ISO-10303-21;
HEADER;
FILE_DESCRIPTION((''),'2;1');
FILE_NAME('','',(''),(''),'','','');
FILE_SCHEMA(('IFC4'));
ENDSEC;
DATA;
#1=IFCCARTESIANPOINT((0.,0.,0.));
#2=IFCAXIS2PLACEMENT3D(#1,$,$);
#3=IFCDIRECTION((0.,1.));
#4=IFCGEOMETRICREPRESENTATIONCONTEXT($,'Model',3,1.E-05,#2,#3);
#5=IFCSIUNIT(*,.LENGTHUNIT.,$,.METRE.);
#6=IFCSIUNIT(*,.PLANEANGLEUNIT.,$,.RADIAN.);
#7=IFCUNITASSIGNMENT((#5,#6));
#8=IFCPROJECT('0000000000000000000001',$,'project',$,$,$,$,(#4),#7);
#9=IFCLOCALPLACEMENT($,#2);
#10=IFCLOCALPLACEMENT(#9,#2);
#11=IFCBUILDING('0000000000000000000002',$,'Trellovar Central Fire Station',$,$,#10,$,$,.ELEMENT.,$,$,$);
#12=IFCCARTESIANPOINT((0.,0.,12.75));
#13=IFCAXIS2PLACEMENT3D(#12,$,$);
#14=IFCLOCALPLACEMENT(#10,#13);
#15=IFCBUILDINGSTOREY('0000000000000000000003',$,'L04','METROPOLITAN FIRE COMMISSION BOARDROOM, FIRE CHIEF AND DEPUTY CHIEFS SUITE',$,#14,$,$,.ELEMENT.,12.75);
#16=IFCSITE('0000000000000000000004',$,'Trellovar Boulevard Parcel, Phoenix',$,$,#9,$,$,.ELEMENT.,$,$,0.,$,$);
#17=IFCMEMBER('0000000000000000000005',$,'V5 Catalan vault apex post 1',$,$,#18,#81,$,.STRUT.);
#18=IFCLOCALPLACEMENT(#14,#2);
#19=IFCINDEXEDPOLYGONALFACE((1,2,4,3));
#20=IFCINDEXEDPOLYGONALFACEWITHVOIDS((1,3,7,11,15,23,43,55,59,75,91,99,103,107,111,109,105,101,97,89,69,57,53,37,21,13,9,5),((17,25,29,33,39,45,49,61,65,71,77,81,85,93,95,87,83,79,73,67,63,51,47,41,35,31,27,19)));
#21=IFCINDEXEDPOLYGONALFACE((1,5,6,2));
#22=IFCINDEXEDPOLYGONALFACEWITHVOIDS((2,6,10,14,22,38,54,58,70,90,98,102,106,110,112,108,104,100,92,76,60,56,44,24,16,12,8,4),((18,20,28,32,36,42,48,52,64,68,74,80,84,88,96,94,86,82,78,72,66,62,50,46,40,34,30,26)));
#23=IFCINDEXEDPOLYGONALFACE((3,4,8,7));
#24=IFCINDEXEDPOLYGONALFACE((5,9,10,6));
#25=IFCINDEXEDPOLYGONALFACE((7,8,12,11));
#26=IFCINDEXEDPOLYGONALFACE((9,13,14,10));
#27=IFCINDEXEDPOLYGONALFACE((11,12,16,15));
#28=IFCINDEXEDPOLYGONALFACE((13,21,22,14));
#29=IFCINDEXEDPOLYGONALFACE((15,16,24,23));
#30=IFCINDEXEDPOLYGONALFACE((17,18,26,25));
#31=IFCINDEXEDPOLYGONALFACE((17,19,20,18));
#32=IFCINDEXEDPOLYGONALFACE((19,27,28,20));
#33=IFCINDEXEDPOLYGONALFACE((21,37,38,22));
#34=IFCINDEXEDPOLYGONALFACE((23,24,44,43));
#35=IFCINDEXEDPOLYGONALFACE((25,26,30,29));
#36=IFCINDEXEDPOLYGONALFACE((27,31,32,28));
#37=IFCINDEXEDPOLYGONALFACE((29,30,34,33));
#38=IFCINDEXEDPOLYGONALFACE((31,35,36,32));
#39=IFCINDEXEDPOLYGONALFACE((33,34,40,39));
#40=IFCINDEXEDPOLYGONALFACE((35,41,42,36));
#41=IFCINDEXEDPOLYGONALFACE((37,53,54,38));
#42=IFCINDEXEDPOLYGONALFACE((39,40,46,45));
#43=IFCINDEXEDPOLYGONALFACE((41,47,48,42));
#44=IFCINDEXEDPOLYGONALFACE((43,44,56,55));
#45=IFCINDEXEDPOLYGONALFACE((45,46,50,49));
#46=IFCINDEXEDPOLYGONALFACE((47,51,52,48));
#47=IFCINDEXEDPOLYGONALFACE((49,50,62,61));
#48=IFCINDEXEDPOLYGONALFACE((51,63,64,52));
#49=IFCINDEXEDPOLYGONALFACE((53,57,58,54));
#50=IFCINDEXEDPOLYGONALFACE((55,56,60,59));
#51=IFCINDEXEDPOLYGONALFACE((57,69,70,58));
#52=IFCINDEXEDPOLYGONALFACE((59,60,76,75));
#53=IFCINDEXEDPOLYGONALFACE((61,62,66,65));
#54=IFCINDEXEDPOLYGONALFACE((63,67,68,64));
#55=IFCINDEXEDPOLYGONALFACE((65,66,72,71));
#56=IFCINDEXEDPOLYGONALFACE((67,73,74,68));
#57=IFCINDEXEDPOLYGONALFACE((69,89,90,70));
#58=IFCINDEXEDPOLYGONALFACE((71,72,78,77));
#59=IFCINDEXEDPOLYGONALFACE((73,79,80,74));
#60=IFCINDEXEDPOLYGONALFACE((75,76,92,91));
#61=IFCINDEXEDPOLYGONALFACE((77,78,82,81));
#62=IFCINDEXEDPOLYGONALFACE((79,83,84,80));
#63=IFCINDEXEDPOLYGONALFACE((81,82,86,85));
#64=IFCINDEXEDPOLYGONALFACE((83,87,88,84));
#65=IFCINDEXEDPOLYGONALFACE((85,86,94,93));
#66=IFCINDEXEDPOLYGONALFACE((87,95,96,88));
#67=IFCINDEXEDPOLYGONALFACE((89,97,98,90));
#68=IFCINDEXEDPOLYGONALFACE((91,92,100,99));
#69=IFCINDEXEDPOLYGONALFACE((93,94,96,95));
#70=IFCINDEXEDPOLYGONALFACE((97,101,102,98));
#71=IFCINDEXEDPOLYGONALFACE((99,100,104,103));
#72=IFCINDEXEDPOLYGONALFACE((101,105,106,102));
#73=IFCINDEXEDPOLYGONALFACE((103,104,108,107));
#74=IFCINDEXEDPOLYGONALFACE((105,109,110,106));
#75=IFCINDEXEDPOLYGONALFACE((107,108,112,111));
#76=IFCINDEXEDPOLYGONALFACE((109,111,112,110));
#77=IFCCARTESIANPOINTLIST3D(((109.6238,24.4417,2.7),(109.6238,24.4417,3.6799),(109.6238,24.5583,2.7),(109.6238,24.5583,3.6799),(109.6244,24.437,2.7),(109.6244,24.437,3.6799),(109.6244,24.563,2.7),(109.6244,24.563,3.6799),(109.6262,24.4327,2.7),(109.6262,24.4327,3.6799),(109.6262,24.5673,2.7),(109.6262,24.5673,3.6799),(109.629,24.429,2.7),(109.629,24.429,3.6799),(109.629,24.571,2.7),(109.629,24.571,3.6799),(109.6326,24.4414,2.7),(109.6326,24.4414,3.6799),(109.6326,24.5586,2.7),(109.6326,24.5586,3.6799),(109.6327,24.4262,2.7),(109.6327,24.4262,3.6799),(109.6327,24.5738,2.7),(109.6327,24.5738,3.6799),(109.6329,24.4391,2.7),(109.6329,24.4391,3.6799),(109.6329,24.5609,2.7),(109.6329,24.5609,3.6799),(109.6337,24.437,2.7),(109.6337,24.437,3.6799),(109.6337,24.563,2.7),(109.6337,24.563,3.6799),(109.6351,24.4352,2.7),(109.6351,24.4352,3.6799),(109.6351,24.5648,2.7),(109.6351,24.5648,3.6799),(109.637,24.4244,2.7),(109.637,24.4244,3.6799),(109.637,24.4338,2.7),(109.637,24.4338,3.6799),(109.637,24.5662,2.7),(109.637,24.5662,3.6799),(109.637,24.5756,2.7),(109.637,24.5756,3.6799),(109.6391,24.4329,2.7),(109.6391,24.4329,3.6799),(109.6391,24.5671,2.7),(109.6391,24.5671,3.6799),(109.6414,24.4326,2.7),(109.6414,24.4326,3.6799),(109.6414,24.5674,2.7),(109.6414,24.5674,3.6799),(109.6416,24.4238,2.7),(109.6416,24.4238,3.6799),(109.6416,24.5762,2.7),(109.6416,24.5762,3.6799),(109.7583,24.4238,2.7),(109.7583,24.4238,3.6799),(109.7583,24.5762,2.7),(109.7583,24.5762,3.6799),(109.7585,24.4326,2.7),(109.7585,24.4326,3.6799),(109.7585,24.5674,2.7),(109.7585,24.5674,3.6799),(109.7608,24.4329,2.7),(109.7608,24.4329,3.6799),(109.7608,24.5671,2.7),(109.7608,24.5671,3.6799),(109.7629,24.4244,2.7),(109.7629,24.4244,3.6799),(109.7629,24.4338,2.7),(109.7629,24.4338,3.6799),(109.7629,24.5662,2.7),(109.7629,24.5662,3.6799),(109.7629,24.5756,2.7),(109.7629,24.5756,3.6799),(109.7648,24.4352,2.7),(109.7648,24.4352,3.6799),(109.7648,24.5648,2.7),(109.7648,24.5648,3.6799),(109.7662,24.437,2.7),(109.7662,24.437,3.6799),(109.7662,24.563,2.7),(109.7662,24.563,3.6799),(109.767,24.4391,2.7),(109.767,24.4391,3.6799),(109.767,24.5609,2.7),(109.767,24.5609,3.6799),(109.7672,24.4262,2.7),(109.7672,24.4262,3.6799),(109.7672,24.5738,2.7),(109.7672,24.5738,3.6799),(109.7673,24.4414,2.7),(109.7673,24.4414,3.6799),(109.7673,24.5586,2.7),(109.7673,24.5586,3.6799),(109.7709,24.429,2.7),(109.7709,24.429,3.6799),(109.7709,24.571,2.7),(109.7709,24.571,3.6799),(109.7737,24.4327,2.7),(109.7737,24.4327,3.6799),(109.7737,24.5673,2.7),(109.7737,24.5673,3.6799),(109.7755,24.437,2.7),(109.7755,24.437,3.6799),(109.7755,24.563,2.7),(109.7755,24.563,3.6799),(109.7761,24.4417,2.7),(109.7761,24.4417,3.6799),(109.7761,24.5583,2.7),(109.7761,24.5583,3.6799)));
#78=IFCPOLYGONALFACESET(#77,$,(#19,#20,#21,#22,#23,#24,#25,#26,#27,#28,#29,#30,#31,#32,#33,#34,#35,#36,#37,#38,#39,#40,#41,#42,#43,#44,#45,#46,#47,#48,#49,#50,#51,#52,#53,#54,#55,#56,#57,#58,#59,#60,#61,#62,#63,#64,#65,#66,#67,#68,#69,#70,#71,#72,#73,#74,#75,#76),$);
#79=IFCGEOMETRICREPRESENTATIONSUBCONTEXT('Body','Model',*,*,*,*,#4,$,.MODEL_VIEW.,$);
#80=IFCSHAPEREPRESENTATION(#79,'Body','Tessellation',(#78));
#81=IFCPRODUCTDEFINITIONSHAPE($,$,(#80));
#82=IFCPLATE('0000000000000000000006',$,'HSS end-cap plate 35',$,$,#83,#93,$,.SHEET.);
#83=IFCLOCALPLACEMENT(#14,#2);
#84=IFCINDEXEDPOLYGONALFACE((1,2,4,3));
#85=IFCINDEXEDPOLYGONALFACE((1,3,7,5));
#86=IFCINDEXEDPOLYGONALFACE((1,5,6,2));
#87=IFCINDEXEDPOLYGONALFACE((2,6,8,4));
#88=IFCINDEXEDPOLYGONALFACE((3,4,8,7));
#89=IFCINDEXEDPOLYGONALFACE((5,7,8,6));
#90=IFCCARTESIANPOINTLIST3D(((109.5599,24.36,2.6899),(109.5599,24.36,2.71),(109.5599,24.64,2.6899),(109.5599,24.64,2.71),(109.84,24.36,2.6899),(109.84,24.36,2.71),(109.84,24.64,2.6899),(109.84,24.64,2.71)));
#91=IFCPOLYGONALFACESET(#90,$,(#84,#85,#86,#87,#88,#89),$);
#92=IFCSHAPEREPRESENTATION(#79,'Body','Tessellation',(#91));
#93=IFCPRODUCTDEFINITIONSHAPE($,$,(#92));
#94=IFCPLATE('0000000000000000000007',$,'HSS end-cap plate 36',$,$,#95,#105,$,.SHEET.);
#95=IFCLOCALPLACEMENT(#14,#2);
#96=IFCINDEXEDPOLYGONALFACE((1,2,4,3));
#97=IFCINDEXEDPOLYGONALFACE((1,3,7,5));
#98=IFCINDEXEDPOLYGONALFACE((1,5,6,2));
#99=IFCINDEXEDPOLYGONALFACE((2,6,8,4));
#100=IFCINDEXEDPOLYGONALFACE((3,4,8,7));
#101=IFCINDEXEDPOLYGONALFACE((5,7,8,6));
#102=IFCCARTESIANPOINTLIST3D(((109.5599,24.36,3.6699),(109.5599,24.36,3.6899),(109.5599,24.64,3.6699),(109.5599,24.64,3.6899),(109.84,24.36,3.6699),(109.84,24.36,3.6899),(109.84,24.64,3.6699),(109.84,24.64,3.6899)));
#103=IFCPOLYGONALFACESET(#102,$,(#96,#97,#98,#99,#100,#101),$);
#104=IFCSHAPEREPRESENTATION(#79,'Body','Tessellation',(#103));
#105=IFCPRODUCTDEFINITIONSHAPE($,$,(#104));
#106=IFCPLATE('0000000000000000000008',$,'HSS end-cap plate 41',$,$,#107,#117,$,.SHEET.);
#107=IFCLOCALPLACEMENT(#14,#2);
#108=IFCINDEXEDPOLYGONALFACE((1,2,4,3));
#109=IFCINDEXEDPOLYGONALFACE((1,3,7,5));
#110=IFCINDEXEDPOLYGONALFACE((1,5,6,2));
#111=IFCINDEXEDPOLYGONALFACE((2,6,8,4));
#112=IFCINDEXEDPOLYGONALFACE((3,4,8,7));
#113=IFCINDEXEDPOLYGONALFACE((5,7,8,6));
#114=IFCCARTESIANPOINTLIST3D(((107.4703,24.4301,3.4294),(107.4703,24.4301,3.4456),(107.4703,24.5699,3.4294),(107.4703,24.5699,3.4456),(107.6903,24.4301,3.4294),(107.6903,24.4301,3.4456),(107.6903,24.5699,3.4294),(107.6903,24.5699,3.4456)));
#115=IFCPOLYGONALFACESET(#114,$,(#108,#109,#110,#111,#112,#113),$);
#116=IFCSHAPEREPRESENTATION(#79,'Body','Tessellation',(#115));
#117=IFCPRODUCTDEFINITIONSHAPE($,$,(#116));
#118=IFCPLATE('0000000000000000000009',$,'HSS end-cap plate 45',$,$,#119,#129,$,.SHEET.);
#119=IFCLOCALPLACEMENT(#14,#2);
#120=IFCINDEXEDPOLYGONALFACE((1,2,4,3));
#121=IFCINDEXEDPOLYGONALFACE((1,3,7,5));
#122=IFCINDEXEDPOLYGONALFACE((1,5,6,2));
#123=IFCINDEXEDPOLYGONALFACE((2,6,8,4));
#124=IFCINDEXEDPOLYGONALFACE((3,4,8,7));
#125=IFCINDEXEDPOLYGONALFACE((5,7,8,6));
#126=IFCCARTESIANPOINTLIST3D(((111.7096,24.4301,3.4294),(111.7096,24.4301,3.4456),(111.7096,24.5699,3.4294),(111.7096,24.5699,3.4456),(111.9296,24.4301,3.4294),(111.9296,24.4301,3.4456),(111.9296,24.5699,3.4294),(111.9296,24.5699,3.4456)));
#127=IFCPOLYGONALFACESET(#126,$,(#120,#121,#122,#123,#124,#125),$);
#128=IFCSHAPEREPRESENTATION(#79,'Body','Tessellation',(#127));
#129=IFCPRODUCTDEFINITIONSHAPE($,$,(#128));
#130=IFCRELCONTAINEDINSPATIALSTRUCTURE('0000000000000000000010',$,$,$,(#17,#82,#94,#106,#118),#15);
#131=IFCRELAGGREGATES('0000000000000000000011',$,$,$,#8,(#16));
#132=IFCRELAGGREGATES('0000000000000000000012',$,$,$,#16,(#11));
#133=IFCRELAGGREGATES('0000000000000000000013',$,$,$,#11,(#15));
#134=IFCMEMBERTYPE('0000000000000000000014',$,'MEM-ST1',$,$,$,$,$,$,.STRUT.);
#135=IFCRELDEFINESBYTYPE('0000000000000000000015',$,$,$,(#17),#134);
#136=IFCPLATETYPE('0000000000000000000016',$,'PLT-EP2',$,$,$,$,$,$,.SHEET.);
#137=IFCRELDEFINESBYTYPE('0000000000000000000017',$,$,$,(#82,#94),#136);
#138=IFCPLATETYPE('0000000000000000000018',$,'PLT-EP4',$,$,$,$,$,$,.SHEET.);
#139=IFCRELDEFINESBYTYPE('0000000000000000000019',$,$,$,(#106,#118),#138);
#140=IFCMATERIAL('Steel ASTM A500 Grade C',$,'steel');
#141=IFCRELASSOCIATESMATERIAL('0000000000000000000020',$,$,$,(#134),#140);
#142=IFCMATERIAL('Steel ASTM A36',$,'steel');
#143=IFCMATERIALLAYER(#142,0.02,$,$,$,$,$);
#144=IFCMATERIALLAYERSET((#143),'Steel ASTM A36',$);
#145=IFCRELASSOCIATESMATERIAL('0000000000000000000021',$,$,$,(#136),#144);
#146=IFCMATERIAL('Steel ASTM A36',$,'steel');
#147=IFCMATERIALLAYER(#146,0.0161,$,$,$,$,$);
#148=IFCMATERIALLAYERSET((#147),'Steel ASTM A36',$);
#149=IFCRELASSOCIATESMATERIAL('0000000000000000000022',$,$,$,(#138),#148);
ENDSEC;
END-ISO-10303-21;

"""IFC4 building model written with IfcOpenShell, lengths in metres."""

from ifc_helpers import new_model, si_unit, direction, frame, origin, origin_2d, place, context, subcontext, project, spatial, rectangle, hollow_rectangle, extrude, material, layer, layer_set, material_profile, profile_set, type_object, element, save


model = new_model("IFC4")

# Units and contexts
model_context = context("Model", 3, precision=1e-05, world=origin(), true_north=direction((0.0, 1.0)))
body_context = subcontext(model_context, "Body", "Model", "MODEL_VIEW")
ifc_project = project(units=[si_unit("LENGTHUNIT", "METRE"), si_unit("PLANEANGLEUNIT", "RADIAN")], contexts=[model_context])

# Site, building, storey
site_placement = place(None, origin())
site = spatial("IfcSite", under=ifc_project, at=site_placement, Name="Trellovar Boulevard Parcel, Phoenix", CompositionType="ELEMENT", RefElevation=0.0)
building_placement = place(site_placement, origin())
building = spatial("IfcBuilding", under=site, at=building_placement, Name="Trellovar Central Fire Station", CompositionType="ELEMENT")
storey_placement = place(building_placement, frame((0.0, 0.0, 12.75)))
storey = spatial("IfcBuildingStorey", under=building, at=storey_placement, Name="L04", Description="METROPOLITAN FIRE COMMISSION BOARDROOM, FIRE CHIEF AND DEPUTY CHIEFS SUITE", CompositionType="ELEMENT", Elevation=12.75)

# Member
ifc_material_1 = material(Name="Steel ASTM A500 Grade C", Category="steel")
ifc_material_profile_1 = material_profile(ifc_material_1, hollow_rectangle(XDim=0.1523, YDim=0.1523, WallThickness=0.0088, InnerFilletRadius=0.0088, OuterFilletRadius=0.0178, at=origin_2d()), Name="HSS6X6X3/8")
ifc_profile_set_1 = profile_set([ifc_material_profile_1], Name="Steel ASTM A500 Grade C")
member_type_1 = type_object("IfcMemberType", Name="MEM-ST1", PredefinedType="STRUT", material=ifc_profile_set_1)
member_1_placement = place(storey_placement, frame((109.7, 24.5, 2.7), z_axis=(0.0, 0.0, 1.0), x_axis=(1.0, 0.0, 0.0)))
element("IfcMember", 1, at=member_1_placement, inside=storey, type_object=member_type_1, Name="V5 Catalan vault apex post 1", PredefinedType="STRUT", context=body_context, shape_type="SweptSolid", body=[
    extrude(hollow_rectangle(XDim=0.1523, YDim=0.1523, WallThickness=0.0088, InnerFilletRadius=0.0088, OuterFilletRadius=0.0178, at=origin_2d()), origin(), (0.0, 0.0, 1.0), 0.98),
])

# Plates
ifc_material_2 = material(Name="Steel ASTM A36", Category="steel")
ifc_layer_1 = layer(ifc_material_2, 0.02)
ifc_layer_set_1 = layer_set([ifc_layer_1], Name="Steel ASTM A36")
plate_type_1 = type_object("IfcPlateType", Name="PLT-EP2", PredefinedType="SHEET", material=ifc_layer_set_1)
for number, where, z_axis, x_axis, name in (
    (2, (109.7, 24.5, 2.6899), (0.0, 0.0, 1.0), (1.0, 0.0, 0.0), "HSS end-cap plate 35"),
    (3, (109.7, 24.5, 3.6699), (0.0, 0.0, 1.0), (1.0, 0.0, 0.0), "HSS end-cap plate 36"),
):
    element("IfcPlate", number, at=place(storey_placement, frame(where, z_axis=z_axis, x_axis=x_axis)), inside=storey, type_object=plate_type_1, Name=name, PredefinedType="SHEET", context=body_context, shape_type="SweptSolid", body=[
        extrude(rectangle(XDim=0.28, YDim=0.28, at=origin_2d()), origin(), (0.0, 0.0, 1.0), 0.02),
    ])
ifc_material_3 = material(Name="Steel ASTM A36", Category="steel")
ifc_layer_2 = layer(ifc_material_3, 0.0161)
ifc_layer_set_2 = layer_set([ifc_layer_2], Name="Steel ASTM A36")
plate_type_2 = type_object("IfcPlateType", Name="PLT-EP4", PredefinedType="SHEET", material=ifc_layer_set_2)
for number, where, z_axis, x_axis, name in (
    (4, (107.5803, 24.5, 3.4294), (0.0, 0.0, 1.0), (1.0, 0.0, 0.0), "HSS end-cap plate 41"),
    (5, (111.8196, 24.5, 3.4294), (0.0, 0.0, 1.0), (1.0, 0.0, 0.0), "HSS end-cap plate 45"),
):
    element("IfcPlate", number, at=place(storey_placement, frame(where, z_axis=z_axis, x_axis=x_axis)), inside=storey, type_object=plate_type_2, Name=name, PredefinedType="SHEET", context=body_context, shape_type="SweptSolid", body=[
        extrude(rectangle(XDim=0.22, YDim=0.1399, at=origin_2d()), origin(), (0.0, 0.0, 1.0), 0.0161),
    ])

save(model, "model.ifc")
